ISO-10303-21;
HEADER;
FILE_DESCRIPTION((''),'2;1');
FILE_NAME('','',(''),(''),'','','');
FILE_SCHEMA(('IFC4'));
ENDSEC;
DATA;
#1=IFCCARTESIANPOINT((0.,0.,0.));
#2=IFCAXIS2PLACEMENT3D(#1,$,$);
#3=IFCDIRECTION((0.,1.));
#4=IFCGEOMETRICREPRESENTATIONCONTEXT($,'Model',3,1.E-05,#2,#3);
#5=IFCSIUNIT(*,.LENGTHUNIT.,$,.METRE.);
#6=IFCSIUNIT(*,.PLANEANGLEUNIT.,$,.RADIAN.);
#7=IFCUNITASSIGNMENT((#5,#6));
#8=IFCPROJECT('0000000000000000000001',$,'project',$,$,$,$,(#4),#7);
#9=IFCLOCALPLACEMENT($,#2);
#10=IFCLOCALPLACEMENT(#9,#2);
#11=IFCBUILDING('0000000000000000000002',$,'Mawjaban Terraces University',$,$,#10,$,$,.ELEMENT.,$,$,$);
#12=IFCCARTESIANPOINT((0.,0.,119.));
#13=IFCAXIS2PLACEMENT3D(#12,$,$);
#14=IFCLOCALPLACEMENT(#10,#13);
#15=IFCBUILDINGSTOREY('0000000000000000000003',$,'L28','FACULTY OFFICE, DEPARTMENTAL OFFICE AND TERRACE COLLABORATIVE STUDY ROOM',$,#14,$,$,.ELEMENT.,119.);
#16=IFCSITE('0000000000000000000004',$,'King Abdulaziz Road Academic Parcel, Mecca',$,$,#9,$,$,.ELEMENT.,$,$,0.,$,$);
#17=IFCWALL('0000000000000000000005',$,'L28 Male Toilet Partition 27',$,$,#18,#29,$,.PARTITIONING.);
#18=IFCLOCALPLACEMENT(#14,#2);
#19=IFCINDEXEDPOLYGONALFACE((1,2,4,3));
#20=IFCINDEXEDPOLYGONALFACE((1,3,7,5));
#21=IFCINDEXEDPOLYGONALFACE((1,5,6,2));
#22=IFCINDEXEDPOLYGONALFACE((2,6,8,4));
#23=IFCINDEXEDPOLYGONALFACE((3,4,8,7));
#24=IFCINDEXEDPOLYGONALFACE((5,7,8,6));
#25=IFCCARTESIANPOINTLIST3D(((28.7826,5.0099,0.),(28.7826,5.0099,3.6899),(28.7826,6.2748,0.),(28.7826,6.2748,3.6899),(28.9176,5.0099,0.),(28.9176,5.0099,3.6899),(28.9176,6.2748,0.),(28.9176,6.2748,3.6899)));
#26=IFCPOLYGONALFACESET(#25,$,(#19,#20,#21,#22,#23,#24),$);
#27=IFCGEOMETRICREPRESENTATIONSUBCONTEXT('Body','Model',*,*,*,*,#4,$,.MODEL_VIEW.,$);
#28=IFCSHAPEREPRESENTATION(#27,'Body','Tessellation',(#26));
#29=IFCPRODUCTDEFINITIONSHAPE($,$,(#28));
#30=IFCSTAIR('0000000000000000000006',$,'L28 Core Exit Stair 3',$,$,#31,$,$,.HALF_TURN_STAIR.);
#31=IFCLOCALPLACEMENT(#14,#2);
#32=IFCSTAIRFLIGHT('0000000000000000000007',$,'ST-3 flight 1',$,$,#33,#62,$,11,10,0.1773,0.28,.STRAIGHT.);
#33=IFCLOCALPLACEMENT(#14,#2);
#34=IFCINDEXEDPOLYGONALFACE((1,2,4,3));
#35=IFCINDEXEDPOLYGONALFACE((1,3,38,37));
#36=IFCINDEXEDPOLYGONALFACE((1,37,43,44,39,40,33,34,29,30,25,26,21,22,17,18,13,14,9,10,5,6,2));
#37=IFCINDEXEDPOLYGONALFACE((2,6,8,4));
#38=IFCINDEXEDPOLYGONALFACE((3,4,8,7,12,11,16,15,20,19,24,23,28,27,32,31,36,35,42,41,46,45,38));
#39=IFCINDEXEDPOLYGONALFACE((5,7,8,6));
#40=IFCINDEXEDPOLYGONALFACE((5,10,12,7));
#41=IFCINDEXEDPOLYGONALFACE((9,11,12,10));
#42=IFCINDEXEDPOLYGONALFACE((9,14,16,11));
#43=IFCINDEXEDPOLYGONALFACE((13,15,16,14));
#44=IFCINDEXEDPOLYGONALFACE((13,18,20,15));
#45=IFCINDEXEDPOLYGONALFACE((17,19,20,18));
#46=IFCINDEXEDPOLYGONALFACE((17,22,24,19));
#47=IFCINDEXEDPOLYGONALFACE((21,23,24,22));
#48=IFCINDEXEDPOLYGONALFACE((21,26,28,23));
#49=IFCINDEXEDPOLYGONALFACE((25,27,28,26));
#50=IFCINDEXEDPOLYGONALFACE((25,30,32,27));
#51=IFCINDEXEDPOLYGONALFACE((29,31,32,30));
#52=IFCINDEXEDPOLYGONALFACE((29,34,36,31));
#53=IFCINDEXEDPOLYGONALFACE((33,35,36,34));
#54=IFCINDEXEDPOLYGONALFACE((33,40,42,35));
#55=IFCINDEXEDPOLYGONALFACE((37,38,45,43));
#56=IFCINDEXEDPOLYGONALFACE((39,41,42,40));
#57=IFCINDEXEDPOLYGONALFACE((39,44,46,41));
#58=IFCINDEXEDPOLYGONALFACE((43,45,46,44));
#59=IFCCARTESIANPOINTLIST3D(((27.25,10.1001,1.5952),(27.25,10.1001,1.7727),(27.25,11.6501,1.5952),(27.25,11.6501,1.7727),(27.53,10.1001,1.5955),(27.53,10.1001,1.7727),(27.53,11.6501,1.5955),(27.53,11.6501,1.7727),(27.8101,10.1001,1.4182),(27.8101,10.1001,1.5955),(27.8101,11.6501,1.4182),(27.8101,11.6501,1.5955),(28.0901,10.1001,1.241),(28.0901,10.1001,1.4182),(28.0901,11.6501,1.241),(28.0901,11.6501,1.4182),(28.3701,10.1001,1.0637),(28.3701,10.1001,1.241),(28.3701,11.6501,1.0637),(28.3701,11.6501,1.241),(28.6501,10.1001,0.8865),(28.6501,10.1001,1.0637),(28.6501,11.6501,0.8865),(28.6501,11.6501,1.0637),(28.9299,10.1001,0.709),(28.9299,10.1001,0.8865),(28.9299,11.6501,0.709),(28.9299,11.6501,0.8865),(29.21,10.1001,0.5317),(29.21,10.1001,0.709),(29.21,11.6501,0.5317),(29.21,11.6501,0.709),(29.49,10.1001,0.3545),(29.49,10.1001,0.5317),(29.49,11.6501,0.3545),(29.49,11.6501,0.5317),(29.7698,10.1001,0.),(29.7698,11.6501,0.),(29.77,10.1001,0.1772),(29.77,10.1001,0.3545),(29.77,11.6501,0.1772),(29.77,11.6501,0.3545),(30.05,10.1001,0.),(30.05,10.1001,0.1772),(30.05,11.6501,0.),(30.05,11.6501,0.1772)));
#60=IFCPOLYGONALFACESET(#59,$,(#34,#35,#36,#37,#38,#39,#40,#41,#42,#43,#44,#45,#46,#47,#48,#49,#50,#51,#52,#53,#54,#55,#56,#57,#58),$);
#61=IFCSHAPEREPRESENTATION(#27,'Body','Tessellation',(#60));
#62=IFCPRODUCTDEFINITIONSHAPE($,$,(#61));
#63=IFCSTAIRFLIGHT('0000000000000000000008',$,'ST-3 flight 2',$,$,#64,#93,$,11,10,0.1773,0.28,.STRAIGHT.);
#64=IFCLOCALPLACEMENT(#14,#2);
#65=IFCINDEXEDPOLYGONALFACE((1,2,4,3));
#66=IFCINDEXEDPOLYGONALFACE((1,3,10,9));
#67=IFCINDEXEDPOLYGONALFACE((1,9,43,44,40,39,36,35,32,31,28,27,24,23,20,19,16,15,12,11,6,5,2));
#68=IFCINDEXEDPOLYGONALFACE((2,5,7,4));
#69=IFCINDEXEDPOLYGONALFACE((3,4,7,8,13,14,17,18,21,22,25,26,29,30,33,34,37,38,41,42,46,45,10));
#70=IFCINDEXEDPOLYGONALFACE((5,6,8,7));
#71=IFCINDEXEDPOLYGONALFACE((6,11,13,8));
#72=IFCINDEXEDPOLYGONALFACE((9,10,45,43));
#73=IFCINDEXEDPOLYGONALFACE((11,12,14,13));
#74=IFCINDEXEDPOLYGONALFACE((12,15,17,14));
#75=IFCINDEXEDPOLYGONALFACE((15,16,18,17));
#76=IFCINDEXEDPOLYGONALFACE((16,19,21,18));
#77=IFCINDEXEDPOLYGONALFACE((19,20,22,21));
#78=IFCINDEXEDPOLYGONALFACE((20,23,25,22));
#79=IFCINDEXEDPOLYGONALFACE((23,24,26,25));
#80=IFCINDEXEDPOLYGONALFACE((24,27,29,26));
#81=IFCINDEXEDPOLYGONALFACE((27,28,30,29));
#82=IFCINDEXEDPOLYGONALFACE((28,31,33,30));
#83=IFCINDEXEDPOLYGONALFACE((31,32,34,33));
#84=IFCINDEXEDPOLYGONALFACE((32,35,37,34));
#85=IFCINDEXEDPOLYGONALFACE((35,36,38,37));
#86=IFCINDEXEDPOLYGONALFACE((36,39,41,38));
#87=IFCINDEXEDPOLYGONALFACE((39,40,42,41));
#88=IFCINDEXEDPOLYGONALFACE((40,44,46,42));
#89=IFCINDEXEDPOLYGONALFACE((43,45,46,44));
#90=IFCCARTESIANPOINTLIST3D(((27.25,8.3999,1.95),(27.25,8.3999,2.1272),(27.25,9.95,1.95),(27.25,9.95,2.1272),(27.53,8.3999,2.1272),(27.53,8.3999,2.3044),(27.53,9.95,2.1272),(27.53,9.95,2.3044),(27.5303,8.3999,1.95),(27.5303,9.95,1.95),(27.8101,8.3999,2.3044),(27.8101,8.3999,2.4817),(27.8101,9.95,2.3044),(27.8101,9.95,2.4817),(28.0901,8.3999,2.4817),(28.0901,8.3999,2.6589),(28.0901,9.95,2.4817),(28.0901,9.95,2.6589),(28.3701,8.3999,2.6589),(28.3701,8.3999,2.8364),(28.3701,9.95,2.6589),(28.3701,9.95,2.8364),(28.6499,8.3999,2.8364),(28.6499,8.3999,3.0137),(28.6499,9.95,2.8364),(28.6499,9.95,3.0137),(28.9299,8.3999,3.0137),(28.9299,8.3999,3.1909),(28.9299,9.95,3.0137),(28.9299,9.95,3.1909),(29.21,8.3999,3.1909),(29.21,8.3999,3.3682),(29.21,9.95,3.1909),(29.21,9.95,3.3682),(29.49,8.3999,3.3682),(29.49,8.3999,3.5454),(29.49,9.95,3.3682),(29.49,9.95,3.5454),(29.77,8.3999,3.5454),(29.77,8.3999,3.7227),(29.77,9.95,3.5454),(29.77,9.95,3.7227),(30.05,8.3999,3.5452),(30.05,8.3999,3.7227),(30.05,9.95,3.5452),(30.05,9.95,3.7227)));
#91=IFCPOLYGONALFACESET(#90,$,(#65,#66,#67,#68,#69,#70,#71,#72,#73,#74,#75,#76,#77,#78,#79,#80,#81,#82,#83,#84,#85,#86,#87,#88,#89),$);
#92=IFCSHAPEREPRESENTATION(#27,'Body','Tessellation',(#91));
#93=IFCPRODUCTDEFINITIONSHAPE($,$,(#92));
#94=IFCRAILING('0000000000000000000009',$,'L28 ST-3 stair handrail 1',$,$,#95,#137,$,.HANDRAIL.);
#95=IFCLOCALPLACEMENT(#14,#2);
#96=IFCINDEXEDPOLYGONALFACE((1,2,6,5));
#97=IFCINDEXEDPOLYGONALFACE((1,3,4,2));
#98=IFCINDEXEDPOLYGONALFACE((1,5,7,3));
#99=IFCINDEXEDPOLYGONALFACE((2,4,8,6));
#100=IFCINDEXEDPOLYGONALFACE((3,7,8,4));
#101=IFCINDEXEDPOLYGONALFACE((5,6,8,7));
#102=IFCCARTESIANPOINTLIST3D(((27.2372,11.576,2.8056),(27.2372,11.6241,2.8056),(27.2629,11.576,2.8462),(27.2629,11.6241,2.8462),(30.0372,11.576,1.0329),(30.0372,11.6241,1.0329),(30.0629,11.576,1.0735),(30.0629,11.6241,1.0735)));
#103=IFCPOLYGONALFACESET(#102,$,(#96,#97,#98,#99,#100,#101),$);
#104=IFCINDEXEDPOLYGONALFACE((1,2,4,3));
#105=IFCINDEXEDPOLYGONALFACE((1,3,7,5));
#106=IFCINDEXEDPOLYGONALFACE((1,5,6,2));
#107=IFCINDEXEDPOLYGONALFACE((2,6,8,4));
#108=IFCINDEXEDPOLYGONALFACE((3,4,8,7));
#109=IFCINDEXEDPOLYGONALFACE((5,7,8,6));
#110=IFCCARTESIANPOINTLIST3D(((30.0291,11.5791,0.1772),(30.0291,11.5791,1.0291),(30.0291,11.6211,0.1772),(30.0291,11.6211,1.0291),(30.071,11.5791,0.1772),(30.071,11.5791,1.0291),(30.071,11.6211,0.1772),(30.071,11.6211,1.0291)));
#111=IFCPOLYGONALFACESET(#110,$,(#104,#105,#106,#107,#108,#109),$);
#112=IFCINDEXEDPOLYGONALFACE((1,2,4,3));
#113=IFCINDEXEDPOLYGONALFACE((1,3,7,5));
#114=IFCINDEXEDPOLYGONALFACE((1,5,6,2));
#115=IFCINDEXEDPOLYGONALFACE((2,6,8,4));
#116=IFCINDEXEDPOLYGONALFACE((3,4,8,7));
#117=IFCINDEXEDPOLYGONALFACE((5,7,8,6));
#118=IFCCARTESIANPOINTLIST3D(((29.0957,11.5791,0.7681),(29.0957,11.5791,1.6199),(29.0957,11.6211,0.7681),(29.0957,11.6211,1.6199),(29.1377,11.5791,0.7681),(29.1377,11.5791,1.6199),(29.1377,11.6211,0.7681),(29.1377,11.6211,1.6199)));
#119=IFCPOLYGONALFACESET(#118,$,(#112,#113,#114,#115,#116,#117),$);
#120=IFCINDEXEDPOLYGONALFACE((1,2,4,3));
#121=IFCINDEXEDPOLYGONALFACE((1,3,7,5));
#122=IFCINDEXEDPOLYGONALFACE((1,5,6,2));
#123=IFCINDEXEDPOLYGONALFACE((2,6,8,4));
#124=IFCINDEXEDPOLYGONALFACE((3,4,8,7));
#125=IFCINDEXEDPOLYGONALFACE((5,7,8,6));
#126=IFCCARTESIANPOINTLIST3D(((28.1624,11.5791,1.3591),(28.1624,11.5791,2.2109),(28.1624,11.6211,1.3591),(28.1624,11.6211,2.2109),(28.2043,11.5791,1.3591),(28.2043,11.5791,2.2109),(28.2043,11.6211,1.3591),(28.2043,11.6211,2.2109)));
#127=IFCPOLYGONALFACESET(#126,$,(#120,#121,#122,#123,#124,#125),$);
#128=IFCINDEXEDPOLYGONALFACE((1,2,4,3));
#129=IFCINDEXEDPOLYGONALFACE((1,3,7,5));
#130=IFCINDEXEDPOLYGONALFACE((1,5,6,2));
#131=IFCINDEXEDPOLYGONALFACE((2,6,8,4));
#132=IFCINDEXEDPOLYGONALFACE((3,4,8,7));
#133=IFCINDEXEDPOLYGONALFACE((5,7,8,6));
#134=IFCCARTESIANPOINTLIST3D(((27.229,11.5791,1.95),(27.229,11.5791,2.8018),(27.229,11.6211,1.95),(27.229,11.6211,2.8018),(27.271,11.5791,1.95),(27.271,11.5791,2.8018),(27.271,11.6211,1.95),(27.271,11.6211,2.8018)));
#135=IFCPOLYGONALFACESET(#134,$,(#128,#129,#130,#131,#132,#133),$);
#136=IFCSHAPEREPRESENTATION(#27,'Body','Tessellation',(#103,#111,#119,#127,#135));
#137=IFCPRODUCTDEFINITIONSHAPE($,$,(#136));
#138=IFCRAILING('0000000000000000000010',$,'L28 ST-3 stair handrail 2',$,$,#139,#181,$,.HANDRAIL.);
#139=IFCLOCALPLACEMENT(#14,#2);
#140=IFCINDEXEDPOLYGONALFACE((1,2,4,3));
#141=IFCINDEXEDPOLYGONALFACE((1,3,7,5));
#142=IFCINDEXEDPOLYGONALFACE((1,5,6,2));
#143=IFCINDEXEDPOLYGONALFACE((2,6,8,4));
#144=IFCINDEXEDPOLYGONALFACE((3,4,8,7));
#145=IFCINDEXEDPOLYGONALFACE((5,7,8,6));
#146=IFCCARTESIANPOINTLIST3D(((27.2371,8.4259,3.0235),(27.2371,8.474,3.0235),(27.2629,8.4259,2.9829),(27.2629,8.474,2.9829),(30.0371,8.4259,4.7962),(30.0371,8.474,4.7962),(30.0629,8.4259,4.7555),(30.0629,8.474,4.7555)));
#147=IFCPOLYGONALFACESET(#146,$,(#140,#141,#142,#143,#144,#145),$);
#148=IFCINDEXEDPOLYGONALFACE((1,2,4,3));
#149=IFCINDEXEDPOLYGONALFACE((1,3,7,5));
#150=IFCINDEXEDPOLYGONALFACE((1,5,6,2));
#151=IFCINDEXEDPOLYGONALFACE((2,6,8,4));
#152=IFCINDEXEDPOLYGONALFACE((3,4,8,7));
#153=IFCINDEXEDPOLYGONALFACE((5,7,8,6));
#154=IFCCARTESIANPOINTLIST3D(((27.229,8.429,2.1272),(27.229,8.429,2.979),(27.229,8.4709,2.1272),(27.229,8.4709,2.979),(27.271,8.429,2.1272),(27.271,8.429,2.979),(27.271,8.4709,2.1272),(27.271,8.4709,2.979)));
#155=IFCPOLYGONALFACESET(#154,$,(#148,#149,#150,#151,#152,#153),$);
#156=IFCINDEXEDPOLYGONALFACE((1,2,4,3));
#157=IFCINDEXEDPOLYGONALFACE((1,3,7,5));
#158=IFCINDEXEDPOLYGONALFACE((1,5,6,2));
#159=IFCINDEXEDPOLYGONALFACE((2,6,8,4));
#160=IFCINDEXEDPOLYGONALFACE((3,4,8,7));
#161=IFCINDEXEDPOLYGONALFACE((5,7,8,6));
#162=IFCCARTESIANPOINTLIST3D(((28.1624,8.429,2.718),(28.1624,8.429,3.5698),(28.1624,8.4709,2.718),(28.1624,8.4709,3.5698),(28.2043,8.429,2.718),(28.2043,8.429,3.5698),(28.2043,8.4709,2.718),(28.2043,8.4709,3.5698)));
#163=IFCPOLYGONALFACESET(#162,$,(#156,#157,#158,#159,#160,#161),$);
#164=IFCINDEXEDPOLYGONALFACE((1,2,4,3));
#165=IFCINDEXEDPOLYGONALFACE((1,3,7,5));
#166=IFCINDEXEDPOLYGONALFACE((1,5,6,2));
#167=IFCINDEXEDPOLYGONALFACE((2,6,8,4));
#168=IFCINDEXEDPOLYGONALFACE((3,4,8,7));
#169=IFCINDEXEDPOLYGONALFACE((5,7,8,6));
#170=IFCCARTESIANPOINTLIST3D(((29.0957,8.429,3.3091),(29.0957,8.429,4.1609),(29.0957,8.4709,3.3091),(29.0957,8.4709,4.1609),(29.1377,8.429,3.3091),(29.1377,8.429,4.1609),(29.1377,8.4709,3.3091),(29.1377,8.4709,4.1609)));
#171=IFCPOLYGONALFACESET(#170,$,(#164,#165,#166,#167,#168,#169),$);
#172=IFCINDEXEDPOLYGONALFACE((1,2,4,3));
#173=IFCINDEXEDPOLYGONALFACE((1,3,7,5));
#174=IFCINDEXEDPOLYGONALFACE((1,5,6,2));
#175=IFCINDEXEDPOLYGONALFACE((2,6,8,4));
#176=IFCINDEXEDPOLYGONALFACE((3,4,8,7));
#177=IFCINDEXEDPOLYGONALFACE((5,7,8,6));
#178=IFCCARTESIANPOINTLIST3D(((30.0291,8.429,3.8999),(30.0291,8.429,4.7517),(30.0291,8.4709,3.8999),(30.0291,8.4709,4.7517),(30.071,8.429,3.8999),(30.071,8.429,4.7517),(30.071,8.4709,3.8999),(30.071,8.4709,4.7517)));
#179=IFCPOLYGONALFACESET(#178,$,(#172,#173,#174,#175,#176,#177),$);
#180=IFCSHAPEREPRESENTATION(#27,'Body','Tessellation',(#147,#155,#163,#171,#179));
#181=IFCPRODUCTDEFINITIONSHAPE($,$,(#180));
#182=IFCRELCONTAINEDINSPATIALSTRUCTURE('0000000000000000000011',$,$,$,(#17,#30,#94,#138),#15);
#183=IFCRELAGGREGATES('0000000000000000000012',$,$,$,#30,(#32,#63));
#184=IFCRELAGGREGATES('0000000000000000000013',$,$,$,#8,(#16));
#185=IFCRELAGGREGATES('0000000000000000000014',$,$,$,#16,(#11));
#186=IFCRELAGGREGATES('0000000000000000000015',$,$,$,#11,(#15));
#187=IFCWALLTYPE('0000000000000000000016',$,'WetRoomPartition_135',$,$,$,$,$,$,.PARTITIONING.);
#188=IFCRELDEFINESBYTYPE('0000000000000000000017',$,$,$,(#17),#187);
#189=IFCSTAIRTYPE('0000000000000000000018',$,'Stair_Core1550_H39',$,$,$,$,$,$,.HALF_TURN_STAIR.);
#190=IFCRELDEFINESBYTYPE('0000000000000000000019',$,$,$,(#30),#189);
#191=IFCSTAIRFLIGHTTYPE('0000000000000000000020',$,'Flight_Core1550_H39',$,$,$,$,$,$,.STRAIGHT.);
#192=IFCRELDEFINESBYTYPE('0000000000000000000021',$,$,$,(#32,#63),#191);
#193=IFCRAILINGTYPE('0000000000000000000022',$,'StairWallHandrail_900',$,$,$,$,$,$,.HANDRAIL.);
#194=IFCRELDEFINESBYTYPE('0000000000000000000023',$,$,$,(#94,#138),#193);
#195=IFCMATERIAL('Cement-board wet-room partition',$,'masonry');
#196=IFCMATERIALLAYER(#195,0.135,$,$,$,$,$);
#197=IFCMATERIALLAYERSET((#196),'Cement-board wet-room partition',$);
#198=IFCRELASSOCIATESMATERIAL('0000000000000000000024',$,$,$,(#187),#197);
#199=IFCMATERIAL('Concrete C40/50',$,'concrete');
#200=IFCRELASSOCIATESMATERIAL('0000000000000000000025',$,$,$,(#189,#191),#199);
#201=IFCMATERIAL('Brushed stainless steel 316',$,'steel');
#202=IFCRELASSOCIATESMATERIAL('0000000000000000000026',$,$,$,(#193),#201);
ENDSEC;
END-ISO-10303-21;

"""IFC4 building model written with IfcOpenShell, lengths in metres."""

from ifc_helpers import new_model, si_unit, direction, frame, frame_2d, origin, origin_2d, place, context, subcontext, project, spatial, polyline, rectangle, outline, extrude, material, layer, layer_set, type_object, element, aggregate, save


model = new_model("IFC4")

# Units and contexts
model_context = context("Model", 3, precision=1e-05, world=origin(), true_north=direction((0.0, 1.0)))
body_context = subcontext(model_context, "Body", "Model", "MODEL_VIEW")
ifc_project = project(units=[si_unit("LENGTHUNIT", "METRE"), si_unit("PLANEANGLEUNIT", "RADIAN")], contexts=[model_context])

# Site, building, storey
site_placement = place(None, origin())
site = spatial("IfcSite", under=ifc_project, at=site_placement, Name="King Abdulaziz Road Academic Parcel, Mecca", CompositionType="ELEMENT", RefElevation=0.0)
building_placement = place(site_placement, origin())
building = spatial("IfcBuilding", under=site, at=building_placement, Name="Mawjaban Terraces University", CompositionType="ELEMENT")
storey_placement = place(building_placement, frame((0.0, 0.0, 119.0)))
storey = spatial("IfcBuildingStorey", under=building, at=storey_placement, Name="L28", Description="FACULTY OFFICE, DEPARTMENTAL OFFICE AND TERRACE COLLABORATIVE STUDY ROOM", CompositionType="ELEMENT", Elevation=119.0)

# Shared definitions
ifc_material_1 = material(Name="Concrete C40/50", Category="concrete")

# Wall
ifc_material_2 = material(Name="Cement-board wet-room partition", Category="masonry")
ifc_layer_1 = layer(ifc_material_2, 0.135)
ifc_layer_set_1 = layer_set([ifc_layer_1], Name="Cement-board wet-room partition")
wall_type_1 = type_object("IfcWallType", Name="WetRoomPartition_135", PredefinedType="PARTITIONING", material=ifc_layer_set_1)
wall_1_placement = place(storey_placement, frame((28.8501, 5.01, 0.0), z_axis=(0.0, 0.0, 1.0), x_axis=(0.0, 1.0, 0.0)))
element("IfcWall", 1, at=wall_1_placement, inside=storey, type_object=wall_type_1, Name="L28 Male Toilet Partition 27", PredefinedType="PARTITIONING", context=body_context, shape_type="SweptSolid", body=[
    extrude(rectangle(XDim=1.2649, YDim=0.135, at=frame_2d((0.6323, 0.0))), origin(), (0.0, 0.0, 1.0), 3.6899),
])

# Stair, stair flights
stair_type = type_object("IfcStairType", Name="Stair_Core1550_H39", PredefinedType="HALF_TURN_STAIR", material=ifc_material_1)
stair_placement = place(storey_placement, origin())
stair = element("IfcStair", 2, at=stair_placement, inside=storey, type_object=stair_type, Name="L28 Core Exit Stair 3", PredefinedType="HALF_TURN_STAIR")
stair_flight_type = type_object("IfcStairFlightType", Name="Flight_Core1550_H39", PredefinedType="STRAIGHT", material=ifc_material_1)
stair_flight_1_placement = place(storey_placement, frame((30.05, 10.875, 0.0), z_axis=(0.0, 0.0, 1.0), x_axis=(-1.0, 0.0, 0.0)))
stair_flight_1 = element("IfcStairFlight", 3, at=stair_flight_1_placement, type_object=stair_flight_type, Name="ST-3 flight 1", NumberOfRisers=11, NumberOfTreads=10, PredefinedType="STRAIGHT", RiserHeight=0.1773, TreadLength=0.28, context=body_context, shape_type="SweptSolid", body=[
    extrude(outline(polyline([(0.0, 0.0), (0.0, 0.1772), (0.28, 0.1772), (0.28, 0.3545), (0.5601, 0.3545), (0.5601, 0.5317), (0.8401, 0.5317), (0.8401, 0.709), (1.1201, 0.709), (1.1201, 0.8865), (1.3999, 0.8865), (1.3999, 1.0637), (1.6799, 1.0637), (1.6799, 1.241), (1.96, 1.241), (1.96, 1.4182), (2.24, 1.4182), (2.24, 1.5955), (2.52, 1.5955), (2.52, 1.7727), (2.8, 1.7727), (2.8, 1.95), (2.8, 1.5952), (0.2803, 0.0), (0.0, 0.0)])), frame((0.0, 0.7749, 0.0), z_axis=(0.0, -1.0, 0.0), x_axis=(1.0, 0.0, 0.0)), (0.0, 0.0, 1.0), 1.55),
])
stair_flight_2_placement = place(storey_placement, frame((27.25, 9.175, 1.95), z_axis=(0.0, 0.0, 1.0), x_axis=(1.0, 0.0, 0.0)))
stair_flight_2 = element("IfcStairFlight", 4, at=stair_flight_2_placement, type_object=stair_flight_type, Name="ST-3 flight 2", NumberOfRisers=11, NumberOfTreads=10, PredefinedType="STRAIGHT", RiserHeight=0.1773, TreadLength=0.28, context=body_context, shape_type="SweptSolid", body=[
    extrude(outline(polyline([(0.0, 0.0), (0.0, 0.1772), (0.28, 0.1772), (0.28, 0.3545), (0.5601, 0.3545), (0.5601, 0.5317), (0.8401, 0.5317), (0.8401, 0.709), (1.1201, 0.709), (1.1201, 0.8865), (1.3999, 0.8865), (1.3999, 1.0637), (1.6799, 1.0637), (1.6799, 1.241), (1.96, 1.241), (1.96, 1.4182), (2.24, 1.4182), (2.24, 1.5955), (2.52, 1.5955), (2.52, 1.7727), (2.8, 1.7727), (2.8, 1.95), (2.8, 1.5952), (0.2803, 0.0), (0.0, 0.0)])), frame((0.0, 0.7749, 0.0), z_axis=(0.0, -1.0, 0.0), x_axis=(1.0, 0.0, 0.0)), (0.0, 0.0, 1.0), 1.55),
])
aggregate(stair, [stair_flight_1, stair_flight_2])

# Railings
ifc_material_3 = material(Name="Brushed stainless steel 316", Category="steel")
railing_type_1 = type_object("IfcRailingType", Name="StairWallHandrail_900", PredefinedType="HANDRAIL", material=ifc_material_3)
railing_1_placement = place(storey_placement, frame((30.05, 11.6001, 0.1772)))
element("IfcRailing", 5, at=railing_1_placement, inside=storey, type_object=railing_type_1, Name="L28 ST-3 stair handrail 1", PredefinedType="HANDRAIL", context=body_context, shape_type="SweptSolid", body=[
    extrude(rectangle(XDim=0.0481, YDim=0.0481, at=origin_2d()), frame((0.0, 0.0, 0.876), z_axis=(-0.844909, 0.0, 0.53491), x_axis=(0.0, -1.0, 0.0)), (0.0, 0.0, 1.0), 3.314),
    extrude(rectangle(XDim=0.042, YDim=0.042, at=origin_2d()), origin(), (0.0, 0.0, 1.0), 0.8518),
    extrude(rectangle(XDim=0.042, YDim=0.042, at=origin_2d()), frame((-0.9333, 0.0, 0.5908)), (0.0, 0.0, 1.0), 0.8518),
    extrude(rectangle(XDim=0.042, YDim=0.042, at=origin_2d()), frame((-1.8667, 0.0, 1.1819)), (0.0, 0.0, 1.0), 0.8518),
    extrude(rectangle(XDim=0.042, YDim=0.042, at=origin_2d()), frame((-2.8, 0.0, 1.7727)), (0.0, 0.0, 1.0), 0.8518),
])
railing_2_placement = place(storey_placement, frame((27.25, 8.45, 2.1272)))
element("IfcRailing", 6, at=railing_2_placement, inside=storey, type_object=railing_type_1, Name="L28 ST-3 stair handrail 2", PredefinedType="HANDRAIL", context=body_context, shape_type="SweptSolid", body=[
    extrude(rectangle(XDim=0.0481, YDim=0.0481, at=origin_2d()), frame((0.0, 0.0, 0.876), z_axis=(0.844909, 0.0, 0.53491), x_axis=(0.0, 1.0, 0.0)), (0.0, 0.0, 1.0), 3.314),
    extrude(rectangle(XDim=0.042, YDim=0.042, at=origin_2d()), origin(), (0.0, 0.0, 1.0), 0.8518),
    extrude(rectangle(XDim=0.042, YDim=0.042, at=origin_2d()), frame((0.9333, 0.0, 0.5908)), (0.0, 0.0, 1.0), 0.8518),
    extrude(rectangle(XDim=0.042, YDim=0.042, at=origin_2d()), frame((1.8667, 0.0, 1.1819)), (0.0, 0.0, 1.0), 0.8518),
    extrude(rectangle(XDim=0.042, YDim=0.042, at=origin_2d()), frame((2.8, 0.0, 1.7727)), (0.0, 0.0, 1.0), 0.8518),
])

save(model, "model.ifc")
